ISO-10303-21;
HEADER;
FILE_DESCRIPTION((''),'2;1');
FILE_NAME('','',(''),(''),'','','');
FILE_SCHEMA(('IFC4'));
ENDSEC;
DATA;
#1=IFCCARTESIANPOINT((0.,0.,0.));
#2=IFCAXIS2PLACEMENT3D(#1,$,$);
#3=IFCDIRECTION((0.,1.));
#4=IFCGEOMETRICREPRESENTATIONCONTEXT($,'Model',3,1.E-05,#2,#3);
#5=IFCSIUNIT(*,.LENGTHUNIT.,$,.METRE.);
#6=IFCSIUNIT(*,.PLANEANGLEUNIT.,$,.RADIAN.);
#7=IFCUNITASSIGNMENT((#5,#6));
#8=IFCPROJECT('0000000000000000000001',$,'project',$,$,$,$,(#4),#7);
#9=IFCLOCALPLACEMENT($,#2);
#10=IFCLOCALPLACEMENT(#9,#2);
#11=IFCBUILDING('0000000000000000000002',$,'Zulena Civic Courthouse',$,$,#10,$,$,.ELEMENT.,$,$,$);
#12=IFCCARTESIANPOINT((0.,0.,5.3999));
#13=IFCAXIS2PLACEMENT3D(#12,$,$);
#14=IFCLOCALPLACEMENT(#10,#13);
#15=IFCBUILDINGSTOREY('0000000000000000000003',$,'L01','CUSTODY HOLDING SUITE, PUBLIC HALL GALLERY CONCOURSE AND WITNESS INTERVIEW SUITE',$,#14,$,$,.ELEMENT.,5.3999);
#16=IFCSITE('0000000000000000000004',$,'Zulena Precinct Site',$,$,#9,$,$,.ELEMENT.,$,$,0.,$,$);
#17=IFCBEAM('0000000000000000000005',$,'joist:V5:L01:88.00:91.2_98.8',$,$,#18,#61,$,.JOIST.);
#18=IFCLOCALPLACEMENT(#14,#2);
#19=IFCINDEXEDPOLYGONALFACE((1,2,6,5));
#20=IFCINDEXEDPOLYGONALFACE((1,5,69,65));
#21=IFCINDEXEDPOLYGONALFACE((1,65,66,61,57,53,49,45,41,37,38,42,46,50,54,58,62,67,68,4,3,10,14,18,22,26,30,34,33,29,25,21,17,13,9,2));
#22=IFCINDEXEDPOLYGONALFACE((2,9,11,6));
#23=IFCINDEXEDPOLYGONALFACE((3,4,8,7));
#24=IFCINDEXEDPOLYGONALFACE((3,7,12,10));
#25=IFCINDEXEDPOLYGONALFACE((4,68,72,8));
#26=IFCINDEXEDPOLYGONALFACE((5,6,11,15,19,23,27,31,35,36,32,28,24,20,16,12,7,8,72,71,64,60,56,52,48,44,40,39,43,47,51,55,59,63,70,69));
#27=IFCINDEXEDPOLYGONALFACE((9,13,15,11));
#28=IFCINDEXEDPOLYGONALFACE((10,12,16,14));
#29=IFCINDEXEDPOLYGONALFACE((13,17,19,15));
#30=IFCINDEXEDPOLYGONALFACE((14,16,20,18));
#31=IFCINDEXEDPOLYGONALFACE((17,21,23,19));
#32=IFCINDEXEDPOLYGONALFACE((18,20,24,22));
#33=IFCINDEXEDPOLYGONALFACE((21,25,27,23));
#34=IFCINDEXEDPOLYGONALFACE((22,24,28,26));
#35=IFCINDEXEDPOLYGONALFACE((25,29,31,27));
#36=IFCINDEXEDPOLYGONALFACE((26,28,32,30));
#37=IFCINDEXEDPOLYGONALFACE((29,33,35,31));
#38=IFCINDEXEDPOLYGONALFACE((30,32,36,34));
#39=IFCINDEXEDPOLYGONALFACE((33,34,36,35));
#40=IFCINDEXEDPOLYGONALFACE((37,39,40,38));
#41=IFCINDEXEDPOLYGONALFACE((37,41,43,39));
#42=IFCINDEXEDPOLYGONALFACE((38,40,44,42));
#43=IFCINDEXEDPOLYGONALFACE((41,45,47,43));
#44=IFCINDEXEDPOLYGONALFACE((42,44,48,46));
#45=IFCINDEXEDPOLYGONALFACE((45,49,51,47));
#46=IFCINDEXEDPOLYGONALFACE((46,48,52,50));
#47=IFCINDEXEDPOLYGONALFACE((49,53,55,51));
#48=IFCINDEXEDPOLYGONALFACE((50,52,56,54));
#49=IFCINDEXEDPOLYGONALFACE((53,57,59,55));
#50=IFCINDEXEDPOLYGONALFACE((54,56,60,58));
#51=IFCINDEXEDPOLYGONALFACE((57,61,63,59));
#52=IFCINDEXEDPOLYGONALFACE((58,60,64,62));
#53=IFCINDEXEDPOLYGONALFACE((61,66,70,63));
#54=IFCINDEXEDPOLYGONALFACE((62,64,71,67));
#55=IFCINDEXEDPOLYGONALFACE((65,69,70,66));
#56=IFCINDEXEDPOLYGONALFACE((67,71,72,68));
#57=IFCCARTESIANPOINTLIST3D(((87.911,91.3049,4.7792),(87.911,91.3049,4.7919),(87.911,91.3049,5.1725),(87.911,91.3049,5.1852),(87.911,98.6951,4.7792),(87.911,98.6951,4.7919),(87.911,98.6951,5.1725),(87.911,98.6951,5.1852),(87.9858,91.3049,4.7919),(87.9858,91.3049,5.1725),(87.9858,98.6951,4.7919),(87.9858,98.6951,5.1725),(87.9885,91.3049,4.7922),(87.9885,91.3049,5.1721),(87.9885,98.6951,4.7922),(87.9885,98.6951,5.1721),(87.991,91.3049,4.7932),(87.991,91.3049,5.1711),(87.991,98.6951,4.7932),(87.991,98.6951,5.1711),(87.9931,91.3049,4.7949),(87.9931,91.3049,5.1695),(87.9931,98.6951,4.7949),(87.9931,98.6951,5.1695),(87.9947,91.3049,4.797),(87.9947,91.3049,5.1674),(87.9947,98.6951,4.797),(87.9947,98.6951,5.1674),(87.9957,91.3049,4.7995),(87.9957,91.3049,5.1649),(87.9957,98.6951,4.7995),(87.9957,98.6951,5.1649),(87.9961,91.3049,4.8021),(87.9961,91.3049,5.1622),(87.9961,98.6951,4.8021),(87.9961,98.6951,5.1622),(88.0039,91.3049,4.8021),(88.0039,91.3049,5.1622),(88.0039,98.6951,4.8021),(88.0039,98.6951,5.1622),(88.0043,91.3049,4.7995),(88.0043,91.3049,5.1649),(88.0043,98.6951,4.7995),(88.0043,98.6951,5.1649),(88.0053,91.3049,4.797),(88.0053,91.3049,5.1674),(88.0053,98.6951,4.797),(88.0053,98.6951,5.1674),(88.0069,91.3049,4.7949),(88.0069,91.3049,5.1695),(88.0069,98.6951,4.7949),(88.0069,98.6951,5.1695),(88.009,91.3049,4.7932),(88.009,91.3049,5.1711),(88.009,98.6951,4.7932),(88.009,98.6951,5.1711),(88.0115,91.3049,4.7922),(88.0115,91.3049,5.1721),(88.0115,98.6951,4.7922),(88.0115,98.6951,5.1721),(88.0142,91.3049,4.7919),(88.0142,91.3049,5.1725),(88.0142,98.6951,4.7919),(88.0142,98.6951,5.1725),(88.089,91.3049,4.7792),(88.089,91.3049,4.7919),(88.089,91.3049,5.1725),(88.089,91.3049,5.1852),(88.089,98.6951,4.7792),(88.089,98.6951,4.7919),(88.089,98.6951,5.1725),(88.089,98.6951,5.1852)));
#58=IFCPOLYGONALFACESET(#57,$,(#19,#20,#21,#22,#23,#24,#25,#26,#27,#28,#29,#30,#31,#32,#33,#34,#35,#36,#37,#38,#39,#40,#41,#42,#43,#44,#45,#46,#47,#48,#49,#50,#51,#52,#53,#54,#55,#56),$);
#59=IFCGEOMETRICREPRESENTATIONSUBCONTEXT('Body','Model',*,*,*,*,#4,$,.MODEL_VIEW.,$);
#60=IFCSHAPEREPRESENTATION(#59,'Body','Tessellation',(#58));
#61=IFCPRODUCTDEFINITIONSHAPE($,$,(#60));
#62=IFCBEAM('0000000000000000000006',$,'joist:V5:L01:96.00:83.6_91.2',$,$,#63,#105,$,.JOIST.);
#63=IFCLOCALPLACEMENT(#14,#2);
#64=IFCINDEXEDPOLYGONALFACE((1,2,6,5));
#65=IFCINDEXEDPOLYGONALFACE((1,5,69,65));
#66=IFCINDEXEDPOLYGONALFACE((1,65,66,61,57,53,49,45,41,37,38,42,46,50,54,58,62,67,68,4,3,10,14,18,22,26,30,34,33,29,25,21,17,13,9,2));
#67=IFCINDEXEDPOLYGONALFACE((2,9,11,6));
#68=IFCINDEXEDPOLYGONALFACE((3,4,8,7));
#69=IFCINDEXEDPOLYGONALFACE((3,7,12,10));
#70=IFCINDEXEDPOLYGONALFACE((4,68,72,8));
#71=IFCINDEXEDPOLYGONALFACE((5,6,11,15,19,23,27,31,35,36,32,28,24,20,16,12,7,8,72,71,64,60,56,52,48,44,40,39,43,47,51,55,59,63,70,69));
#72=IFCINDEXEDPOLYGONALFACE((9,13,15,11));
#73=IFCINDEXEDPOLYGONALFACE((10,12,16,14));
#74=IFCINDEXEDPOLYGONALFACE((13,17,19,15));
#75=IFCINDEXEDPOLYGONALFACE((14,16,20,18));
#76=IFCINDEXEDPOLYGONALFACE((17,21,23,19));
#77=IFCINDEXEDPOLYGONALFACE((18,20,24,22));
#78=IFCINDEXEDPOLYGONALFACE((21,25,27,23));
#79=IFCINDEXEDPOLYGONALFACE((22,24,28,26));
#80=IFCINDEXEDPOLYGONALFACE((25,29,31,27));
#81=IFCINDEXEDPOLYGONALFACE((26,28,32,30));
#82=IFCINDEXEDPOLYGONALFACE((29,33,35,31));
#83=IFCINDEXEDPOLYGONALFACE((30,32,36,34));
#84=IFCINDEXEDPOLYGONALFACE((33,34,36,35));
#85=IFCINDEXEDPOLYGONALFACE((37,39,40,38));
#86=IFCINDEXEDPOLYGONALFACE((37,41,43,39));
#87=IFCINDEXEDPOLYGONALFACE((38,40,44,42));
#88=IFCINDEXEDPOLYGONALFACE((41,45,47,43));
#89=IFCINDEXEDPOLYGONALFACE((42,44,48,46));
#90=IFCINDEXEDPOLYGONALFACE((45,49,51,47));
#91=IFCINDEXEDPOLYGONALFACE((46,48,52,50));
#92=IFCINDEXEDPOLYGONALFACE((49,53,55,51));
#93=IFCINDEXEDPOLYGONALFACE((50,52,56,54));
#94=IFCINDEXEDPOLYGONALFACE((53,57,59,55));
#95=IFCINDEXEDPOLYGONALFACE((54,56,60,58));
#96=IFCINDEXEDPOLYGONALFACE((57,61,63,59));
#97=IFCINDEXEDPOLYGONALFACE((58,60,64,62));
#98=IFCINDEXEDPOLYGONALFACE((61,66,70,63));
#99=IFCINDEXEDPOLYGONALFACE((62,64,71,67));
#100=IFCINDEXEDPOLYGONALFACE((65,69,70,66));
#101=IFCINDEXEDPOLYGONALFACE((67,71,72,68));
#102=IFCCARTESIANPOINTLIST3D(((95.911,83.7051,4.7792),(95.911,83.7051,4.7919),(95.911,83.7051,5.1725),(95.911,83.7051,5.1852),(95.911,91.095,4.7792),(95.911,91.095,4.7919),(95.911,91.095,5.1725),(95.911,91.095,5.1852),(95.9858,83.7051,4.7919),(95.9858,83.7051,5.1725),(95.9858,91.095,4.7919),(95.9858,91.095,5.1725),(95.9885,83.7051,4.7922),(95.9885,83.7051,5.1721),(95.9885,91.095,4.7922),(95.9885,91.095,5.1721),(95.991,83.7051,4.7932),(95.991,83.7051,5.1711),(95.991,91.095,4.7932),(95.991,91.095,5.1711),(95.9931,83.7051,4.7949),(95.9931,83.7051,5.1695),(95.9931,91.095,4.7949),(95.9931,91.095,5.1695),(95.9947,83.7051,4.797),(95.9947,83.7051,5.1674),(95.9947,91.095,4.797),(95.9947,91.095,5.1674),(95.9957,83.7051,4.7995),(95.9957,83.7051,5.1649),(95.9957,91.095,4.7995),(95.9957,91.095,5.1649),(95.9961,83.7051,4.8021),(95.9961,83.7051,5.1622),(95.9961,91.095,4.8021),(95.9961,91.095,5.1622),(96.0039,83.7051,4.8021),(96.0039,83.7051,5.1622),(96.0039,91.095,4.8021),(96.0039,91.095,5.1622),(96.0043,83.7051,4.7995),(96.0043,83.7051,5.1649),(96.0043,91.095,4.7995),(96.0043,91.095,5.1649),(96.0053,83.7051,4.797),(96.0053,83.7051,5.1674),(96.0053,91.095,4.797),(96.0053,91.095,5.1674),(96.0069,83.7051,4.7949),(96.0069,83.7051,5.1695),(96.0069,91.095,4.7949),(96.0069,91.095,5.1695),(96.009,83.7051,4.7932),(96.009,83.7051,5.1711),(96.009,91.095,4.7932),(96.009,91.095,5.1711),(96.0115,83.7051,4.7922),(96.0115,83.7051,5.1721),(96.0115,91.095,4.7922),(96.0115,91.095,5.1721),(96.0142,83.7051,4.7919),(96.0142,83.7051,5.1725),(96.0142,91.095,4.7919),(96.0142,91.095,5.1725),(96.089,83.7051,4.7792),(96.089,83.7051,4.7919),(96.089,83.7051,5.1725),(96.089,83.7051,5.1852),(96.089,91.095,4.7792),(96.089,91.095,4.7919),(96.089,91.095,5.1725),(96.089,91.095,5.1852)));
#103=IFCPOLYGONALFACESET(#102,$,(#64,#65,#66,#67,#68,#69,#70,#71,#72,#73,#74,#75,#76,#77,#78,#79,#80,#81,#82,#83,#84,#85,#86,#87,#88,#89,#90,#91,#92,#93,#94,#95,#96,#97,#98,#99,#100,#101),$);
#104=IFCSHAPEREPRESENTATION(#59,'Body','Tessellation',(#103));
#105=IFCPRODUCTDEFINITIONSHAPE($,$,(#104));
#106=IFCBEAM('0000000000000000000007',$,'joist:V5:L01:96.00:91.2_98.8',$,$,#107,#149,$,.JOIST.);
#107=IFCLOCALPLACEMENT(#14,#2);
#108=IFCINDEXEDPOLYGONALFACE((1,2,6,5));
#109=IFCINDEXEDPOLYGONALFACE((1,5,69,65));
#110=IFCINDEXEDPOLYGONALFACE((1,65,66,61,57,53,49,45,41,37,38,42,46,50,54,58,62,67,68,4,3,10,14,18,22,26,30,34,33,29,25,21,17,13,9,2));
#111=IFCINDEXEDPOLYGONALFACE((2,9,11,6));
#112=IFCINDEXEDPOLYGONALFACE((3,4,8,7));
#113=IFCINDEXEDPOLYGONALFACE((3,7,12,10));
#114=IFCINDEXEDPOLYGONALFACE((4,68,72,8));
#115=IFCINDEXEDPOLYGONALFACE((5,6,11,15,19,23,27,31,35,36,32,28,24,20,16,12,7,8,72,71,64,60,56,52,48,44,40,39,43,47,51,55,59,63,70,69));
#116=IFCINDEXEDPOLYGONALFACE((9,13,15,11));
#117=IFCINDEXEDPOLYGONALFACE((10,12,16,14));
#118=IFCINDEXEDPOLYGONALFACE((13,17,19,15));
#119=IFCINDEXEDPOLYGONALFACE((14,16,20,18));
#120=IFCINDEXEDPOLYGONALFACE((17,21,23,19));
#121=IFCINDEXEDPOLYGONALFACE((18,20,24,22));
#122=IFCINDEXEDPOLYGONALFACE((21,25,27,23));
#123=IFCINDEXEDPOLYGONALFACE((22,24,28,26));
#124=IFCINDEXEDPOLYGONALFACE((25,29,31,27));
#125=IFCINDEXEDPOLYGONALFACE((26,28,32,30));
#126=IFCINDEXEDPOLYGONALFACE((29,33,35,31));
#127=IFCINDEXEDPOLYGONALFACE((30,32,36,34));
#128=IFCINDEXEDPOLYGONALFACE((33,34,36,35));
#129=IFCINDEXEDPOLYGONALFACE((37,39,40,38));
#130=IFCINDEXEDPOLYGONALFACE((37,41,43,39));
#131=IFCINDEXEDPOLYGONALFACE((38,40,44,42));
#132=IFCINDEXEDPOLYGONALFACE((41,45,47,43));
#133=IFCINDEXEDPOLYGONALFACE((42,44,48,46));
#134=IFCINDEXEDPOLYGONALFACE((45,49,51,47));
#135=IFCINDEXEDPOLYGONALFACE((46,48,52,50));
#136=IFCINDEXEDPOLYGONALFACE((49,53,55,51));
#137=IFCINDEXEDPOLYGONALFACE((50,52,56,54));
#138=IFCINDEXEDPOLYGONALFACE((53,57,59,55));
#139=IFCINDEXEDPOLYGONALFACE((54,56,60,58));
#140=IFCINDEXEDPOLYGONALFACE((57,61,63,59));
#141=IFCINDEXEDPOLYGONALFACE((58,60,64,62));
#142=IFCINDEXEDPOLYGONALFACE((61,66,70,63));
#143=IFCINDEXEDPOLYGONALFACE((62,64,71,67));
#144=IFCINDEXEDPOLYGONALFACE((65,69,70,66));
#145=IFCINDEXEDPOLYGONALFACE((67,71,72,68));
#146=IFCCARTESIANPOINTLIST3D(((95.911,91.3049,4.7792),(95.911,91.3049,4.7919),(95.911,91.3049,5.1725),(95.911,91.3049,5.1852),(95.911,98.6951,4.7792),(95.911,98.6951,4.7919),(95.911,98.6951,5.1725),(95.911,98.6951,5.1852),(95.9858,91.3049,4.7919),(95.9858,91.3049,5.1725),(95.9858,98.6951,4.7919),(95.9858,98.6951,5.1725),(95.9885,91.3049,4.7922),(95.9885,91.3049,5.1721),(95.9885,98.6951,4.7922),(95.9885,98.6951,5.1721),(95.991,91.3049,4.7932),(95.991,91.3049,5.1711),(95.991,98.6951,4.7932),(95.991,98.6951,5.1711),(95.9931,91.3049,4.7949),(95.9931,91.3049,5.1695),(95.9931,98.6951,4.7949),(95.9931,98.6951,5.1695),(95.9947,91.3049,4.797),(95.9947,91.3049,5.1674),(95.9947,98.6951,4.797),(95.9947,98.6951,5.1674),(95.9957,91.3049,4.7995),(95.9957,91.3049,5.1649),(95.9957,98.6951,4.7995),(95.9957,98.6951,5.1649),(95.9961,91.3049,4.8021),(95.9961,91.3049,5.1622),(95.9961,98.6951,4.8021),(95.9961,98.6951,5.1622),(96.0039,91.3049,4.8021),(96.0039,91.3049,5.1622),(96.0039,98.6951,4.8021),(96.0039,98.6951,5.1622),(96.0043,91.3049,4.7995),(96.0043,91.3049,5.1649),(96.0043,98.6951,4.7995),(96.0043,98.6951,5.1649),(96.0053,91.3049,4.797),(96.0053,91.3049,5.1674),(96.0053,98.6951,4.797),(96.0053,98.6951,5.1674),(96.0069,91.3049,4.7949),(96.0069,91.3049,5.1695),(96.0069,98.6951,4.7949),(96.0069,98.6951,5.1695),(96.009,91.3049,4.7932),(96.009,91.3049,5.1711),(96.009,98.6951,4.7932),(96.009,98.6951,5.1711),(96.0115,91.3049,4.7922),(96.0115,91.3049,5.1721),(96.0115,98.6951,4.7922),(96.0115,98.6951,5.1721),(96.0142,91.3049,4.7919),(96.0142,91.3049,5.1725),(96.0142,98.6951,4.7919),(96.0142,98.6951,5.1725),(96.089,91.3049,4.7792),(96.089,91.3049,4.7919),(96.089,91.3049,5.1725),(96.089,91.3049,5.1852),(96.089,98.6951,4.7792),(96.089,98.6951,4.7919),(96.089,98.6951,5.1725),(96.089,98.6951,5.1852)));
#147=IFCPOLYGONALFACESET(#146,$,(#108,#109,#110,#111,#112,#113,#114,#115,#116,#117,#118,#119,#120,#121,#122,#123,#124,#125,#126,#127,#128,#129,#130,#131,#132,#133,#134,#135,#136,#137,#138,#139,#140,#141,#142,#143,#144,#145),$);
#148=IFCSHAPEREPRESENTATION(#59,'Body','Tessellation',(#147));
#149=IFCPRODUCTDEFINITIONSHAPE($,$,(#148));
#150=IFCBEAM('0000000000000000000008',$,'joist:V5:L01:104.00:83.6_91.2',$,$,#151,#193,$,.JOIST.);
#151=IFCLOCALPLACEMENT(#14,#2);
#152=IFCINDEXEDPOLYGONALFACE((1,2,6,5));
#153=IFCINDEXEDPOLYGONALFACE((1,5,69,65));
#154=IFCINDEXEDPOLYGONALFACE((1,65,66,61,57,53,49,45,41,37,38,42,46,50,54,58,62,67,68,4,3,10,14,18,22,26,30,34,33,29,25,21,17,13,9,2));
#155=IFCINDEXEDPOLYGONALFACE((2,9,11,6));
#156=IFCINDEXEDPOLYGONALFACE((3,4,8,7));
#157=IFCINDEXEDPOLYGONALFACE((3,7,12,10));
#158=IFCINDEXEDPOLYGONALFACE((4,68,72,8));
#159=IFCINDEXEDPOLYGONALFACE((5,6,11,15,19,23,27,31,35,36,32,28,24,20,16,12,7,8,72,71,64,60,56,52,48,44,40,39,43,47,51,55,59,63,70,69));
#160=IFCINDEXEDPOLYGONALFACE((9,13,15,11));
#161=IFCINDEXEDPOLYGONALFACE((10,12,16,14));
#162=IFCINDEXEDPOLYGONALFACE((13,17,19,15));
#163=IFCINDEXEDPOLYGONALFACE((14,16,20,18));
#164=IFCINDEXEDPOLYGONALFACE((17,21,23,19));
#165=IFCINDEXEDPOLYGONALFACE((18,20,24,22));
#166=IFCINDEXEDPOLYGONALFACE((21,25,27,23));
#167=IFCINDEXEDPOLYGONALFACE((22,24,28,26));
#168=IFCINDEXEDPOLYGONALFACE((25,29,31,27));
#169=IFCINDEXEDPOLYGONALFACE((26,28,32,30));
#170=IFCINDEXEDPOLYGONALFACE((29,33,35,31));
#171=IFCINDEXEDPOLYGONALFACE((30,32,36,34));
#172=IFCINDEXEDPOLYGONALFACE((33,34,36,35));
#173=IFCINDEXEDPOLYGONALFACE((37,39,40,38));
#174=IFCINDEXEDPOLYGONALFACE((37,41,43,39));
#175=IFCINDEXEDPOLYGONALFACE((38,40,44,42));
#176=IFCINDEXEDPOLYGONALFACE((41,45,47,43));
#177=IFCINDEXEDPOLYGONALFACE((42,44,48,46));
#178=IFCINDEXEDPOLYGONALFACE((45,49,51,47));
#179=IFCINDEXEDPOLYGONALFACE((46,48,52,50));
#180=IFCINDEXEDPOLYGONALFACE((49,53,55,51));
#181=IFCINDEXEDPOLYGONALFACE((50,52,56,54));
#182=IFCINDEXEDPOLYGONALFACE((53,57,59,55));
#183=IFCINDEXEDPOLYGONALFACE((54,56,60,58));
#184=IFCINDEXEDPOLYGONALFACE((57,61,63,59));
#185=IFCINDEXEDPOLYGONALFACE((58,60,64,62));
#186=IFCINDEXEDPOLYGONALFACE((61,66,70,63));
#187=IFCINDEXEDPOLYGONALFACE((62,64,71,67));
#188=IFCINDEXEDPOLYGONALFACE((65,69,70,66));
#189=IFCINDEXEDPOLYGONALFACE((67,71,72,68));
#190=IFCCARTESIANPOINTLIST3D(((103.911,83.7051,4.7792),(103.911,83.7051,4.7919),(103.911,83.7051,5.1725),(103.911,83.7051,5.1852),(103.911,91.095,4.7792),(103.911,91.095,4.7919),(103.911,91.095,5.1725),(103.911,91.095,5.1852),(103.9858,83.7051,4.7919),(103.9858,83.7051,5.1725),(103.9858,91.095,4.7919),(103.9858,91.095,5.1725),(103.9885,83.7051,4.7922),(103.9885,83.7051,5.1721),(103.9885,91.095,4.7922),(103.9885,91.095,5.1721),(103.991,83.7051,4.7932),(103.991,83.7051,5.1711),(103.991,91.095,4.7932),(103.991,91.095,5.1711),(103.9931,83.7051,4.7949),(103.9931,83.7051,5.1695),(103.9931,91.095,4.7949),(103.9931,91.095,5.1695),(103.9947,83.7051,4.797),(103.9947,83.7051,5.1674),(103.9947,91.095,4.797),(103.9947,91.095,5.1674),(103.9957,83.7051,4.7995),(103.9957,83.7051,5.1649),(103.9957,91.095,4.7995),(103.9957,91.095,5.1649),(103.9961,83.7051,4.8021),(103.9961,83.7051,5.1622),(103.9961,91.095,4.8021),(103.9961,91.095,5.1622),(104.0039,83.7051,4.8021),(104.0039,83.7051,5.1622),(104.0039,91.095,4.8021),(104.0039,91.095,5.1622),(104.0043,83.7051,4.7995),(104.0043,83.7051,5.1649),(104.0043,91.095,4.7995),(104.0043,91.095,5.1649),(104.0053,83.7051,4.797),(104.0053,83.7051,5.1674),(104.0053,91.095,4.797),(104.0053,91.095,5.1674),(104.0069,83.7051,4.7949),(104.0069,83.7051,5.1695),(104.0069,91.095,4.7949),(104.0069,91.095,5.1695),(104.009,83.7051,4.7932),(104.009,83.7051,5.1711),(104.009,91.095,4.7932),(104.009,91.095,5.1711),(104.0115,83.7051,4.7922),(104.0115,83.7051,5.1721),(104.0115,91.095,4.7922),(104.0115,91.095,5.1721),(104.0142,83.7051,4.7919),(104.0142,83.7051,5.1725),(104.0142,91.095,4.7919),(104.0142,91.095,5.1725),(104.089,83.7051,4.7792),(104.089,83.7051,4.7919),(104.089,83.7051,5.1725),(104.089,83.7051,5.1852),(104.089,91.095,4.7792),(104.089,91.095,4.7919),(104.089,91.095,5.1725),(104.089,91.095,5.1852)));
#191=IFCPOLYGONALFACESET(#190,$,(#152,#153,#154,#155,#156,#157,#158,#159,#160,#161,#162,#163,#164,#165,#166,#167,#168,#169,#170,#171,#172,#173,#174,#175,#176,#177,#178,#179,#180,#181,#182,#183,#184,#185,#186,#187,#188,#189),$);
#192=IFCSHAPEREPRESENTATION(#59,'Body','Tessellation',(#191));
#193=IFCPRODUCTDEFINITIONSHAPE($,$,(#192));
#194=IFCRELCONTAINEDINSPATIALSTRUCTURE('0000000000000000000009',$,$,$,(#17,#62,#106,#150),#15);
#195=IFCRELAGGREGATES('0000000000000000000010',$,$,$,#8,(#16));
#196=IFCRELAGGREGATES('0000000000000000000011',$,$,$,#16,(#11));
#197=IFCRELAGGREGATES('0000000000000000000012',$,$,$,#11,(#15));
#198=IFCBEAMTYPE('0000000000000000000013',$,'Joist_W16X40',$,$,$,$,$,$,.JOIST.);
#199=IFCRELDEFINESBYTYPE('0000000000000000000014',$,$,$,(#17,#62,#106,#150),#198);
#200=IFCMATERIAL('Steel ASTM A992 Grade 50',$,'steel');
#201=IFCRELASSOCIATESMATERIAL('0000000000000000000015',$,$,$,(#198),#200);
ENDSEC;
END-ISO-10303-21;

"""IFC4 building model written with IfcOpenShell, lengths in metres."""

from ifc_helpers import new_model, si_unit, direction, frame, origin, origin_2d, place, context, subcontext, project, spatial, i_section, extrude, material, material_profile, profile_set, type_object, element, save


model = new_model("IFC4")

# Units and contexts
model_context = context("Model", 3, precision=1e-05, world=origin(), true_north=direction((0.0, 1.0)))
body_context = subcontext(model_context, "Body", "Model", "MODEL_VIEW")
ifc_project = project(units=[si_unit("LENGTHUNIT", "METRE"), si_unit("PLANEANGLEUNIT", "RADIAN")], contexts=[model_context])

# Site, building, storey
site_placement = place(None, origin())
site = spatial("IfcSite", under=ifc_project, at=site_placement, Name="Zulena Precinct Site", CompositionType="ELEMENT", RefElevation=0.0)
building_placement = place(site_placement, origin())
building = spatial("IfcBuilding", under=site, at=building_placement, Name="Zulena Civic Courthouse", CompositionType="ELEMENT")
storey_placement = place(building_placement, frame((0.0, 0.0, 5.3999)))
storey = spatial("IfcBuildingStorey", under=building, at=storey_placement, Name="L01", Description="CUSTODY HOLDING SUITE, PUBLIC HALL GALLERY CONCOURSE AND WITNESS INTERVIEW SUITE", CompositionType="ELEMENT", Elevation=5.3999)

# Shared definitions
ifc_material_1 = material(Name="Steel ASTM A992 Grade 50", Category="steel")

# Beams
ifc_material_profile_1 = material_profile(ifc_material_1, i_section(OverallWidth=0.178, OverallDepth=0.406, WebThickness=0.0078, FlangeThickness=0.0127, FilletRadius=0.0103, at=origin_2d()), Name="W16X40")
ifc_profile_set_1 = profile_set([ifc_material_profile_1], Name="Steel ASTM A992 Grade 50")
beam_type_1 = type_object("IfcBeamType", Name="Joist_W16X40", PredefinedType="JOIST", material=ifc_profile_set_1)
beam_1_placement = place(storey_placement, frame((88.0, 91.3049, 4.9822), z_axis=(0.0, 1.0, 0.0), x_axis=(-1.0, 0.0, 0.0)))
element("IfcBeam", 1, at=beam_1_placement, inside=storey, type_object=beam_type_1, Name="joist:V5:L01:88.00:91.2_98.8", PredefinedType="JOIST", context=body_context, shape_type="SweptSolid", body=[
    extrude(i_section(OverallWidth=0.178, OverallDepth=0.406, WebThickness=0.0078, FlangeThickness=0.0127, FilletRadius=0.0103, at=origin_2d()), origin(), (0.0, 0.0, 1.0), 7.3901),
])
beam_2_placement = place(storey_placement, frame((96.0, 83.7051, 4.9822), z_axis=(0.0, 1.0, 0.0), x_axis=(-1.0, 0.0, 0.0)))
element("IfcBeam", 2, at=beam_2_placement, inside=storey, type_object=beam_type_1, Name="joist:V5:L01:96.00:83.6_91.2", PredefinedType="JOIST", context=body_context, shape_type="SweptSolid", body=[
    extrude(i_section(OverallWidth=0.178, OverallDepth=0.406, WebThickness=0.0078, FlangeThickness=0.0127, FilletRadius=0.0103, at=origin_2d()), origin(), (0.0, 0.0, 1.0), 7.3899),
])
beam_3_placement = place(storey_placement, frame((96.0, 91.3049, 4.9822), z_axis=(0.0, 1.0, 0.0), x_axis=(-1.0, 0.0, 0.0)))
element("IfcBeam", 3, at=beam_3_placement, inside=storey, type_object=beam_type_1, Name="joist:V5:L01:96.00:91.2_98.8", PredefinedType="JOIST", context=body_context, shape_type="SweptSolid", body=[
    extrude(i_section(OverallWidth=0.178, OverallDepth=0.406, WebThickness=0.0078, FlangeThickness=0.0127, FilletRadius=0.0103, at=origin_2d()), origin(), (0.0, 0.0, 1.0), 7.3901),
])
beam_4_placement = place(storey_placement, frame((104.0, 83.7051, 4.9822), z_axis=(0.0, 1.0, 0.0), x_axis=(-1.0, 0.0, 0.0)))
element("IfcBeam", 4, at=beam_4_placement, inside=storey, type_object=beam_type_1, Name="joist:V5:L01:104.00:83.6_91.2", PredefinedType="JOIST", context=body_context, shape_type="SweptSolid", body=[
    extrude(i_section(OverallWidth=0.178, OverallDepth=0.406, WebThickness=0.0078, FlangeThickness=0.0127, FilletRadius=0.0103, at=origin_2d()), origin(), (0.0, 0.0, 1.0), 7.3899),
])

save(model, "model.ifc")
